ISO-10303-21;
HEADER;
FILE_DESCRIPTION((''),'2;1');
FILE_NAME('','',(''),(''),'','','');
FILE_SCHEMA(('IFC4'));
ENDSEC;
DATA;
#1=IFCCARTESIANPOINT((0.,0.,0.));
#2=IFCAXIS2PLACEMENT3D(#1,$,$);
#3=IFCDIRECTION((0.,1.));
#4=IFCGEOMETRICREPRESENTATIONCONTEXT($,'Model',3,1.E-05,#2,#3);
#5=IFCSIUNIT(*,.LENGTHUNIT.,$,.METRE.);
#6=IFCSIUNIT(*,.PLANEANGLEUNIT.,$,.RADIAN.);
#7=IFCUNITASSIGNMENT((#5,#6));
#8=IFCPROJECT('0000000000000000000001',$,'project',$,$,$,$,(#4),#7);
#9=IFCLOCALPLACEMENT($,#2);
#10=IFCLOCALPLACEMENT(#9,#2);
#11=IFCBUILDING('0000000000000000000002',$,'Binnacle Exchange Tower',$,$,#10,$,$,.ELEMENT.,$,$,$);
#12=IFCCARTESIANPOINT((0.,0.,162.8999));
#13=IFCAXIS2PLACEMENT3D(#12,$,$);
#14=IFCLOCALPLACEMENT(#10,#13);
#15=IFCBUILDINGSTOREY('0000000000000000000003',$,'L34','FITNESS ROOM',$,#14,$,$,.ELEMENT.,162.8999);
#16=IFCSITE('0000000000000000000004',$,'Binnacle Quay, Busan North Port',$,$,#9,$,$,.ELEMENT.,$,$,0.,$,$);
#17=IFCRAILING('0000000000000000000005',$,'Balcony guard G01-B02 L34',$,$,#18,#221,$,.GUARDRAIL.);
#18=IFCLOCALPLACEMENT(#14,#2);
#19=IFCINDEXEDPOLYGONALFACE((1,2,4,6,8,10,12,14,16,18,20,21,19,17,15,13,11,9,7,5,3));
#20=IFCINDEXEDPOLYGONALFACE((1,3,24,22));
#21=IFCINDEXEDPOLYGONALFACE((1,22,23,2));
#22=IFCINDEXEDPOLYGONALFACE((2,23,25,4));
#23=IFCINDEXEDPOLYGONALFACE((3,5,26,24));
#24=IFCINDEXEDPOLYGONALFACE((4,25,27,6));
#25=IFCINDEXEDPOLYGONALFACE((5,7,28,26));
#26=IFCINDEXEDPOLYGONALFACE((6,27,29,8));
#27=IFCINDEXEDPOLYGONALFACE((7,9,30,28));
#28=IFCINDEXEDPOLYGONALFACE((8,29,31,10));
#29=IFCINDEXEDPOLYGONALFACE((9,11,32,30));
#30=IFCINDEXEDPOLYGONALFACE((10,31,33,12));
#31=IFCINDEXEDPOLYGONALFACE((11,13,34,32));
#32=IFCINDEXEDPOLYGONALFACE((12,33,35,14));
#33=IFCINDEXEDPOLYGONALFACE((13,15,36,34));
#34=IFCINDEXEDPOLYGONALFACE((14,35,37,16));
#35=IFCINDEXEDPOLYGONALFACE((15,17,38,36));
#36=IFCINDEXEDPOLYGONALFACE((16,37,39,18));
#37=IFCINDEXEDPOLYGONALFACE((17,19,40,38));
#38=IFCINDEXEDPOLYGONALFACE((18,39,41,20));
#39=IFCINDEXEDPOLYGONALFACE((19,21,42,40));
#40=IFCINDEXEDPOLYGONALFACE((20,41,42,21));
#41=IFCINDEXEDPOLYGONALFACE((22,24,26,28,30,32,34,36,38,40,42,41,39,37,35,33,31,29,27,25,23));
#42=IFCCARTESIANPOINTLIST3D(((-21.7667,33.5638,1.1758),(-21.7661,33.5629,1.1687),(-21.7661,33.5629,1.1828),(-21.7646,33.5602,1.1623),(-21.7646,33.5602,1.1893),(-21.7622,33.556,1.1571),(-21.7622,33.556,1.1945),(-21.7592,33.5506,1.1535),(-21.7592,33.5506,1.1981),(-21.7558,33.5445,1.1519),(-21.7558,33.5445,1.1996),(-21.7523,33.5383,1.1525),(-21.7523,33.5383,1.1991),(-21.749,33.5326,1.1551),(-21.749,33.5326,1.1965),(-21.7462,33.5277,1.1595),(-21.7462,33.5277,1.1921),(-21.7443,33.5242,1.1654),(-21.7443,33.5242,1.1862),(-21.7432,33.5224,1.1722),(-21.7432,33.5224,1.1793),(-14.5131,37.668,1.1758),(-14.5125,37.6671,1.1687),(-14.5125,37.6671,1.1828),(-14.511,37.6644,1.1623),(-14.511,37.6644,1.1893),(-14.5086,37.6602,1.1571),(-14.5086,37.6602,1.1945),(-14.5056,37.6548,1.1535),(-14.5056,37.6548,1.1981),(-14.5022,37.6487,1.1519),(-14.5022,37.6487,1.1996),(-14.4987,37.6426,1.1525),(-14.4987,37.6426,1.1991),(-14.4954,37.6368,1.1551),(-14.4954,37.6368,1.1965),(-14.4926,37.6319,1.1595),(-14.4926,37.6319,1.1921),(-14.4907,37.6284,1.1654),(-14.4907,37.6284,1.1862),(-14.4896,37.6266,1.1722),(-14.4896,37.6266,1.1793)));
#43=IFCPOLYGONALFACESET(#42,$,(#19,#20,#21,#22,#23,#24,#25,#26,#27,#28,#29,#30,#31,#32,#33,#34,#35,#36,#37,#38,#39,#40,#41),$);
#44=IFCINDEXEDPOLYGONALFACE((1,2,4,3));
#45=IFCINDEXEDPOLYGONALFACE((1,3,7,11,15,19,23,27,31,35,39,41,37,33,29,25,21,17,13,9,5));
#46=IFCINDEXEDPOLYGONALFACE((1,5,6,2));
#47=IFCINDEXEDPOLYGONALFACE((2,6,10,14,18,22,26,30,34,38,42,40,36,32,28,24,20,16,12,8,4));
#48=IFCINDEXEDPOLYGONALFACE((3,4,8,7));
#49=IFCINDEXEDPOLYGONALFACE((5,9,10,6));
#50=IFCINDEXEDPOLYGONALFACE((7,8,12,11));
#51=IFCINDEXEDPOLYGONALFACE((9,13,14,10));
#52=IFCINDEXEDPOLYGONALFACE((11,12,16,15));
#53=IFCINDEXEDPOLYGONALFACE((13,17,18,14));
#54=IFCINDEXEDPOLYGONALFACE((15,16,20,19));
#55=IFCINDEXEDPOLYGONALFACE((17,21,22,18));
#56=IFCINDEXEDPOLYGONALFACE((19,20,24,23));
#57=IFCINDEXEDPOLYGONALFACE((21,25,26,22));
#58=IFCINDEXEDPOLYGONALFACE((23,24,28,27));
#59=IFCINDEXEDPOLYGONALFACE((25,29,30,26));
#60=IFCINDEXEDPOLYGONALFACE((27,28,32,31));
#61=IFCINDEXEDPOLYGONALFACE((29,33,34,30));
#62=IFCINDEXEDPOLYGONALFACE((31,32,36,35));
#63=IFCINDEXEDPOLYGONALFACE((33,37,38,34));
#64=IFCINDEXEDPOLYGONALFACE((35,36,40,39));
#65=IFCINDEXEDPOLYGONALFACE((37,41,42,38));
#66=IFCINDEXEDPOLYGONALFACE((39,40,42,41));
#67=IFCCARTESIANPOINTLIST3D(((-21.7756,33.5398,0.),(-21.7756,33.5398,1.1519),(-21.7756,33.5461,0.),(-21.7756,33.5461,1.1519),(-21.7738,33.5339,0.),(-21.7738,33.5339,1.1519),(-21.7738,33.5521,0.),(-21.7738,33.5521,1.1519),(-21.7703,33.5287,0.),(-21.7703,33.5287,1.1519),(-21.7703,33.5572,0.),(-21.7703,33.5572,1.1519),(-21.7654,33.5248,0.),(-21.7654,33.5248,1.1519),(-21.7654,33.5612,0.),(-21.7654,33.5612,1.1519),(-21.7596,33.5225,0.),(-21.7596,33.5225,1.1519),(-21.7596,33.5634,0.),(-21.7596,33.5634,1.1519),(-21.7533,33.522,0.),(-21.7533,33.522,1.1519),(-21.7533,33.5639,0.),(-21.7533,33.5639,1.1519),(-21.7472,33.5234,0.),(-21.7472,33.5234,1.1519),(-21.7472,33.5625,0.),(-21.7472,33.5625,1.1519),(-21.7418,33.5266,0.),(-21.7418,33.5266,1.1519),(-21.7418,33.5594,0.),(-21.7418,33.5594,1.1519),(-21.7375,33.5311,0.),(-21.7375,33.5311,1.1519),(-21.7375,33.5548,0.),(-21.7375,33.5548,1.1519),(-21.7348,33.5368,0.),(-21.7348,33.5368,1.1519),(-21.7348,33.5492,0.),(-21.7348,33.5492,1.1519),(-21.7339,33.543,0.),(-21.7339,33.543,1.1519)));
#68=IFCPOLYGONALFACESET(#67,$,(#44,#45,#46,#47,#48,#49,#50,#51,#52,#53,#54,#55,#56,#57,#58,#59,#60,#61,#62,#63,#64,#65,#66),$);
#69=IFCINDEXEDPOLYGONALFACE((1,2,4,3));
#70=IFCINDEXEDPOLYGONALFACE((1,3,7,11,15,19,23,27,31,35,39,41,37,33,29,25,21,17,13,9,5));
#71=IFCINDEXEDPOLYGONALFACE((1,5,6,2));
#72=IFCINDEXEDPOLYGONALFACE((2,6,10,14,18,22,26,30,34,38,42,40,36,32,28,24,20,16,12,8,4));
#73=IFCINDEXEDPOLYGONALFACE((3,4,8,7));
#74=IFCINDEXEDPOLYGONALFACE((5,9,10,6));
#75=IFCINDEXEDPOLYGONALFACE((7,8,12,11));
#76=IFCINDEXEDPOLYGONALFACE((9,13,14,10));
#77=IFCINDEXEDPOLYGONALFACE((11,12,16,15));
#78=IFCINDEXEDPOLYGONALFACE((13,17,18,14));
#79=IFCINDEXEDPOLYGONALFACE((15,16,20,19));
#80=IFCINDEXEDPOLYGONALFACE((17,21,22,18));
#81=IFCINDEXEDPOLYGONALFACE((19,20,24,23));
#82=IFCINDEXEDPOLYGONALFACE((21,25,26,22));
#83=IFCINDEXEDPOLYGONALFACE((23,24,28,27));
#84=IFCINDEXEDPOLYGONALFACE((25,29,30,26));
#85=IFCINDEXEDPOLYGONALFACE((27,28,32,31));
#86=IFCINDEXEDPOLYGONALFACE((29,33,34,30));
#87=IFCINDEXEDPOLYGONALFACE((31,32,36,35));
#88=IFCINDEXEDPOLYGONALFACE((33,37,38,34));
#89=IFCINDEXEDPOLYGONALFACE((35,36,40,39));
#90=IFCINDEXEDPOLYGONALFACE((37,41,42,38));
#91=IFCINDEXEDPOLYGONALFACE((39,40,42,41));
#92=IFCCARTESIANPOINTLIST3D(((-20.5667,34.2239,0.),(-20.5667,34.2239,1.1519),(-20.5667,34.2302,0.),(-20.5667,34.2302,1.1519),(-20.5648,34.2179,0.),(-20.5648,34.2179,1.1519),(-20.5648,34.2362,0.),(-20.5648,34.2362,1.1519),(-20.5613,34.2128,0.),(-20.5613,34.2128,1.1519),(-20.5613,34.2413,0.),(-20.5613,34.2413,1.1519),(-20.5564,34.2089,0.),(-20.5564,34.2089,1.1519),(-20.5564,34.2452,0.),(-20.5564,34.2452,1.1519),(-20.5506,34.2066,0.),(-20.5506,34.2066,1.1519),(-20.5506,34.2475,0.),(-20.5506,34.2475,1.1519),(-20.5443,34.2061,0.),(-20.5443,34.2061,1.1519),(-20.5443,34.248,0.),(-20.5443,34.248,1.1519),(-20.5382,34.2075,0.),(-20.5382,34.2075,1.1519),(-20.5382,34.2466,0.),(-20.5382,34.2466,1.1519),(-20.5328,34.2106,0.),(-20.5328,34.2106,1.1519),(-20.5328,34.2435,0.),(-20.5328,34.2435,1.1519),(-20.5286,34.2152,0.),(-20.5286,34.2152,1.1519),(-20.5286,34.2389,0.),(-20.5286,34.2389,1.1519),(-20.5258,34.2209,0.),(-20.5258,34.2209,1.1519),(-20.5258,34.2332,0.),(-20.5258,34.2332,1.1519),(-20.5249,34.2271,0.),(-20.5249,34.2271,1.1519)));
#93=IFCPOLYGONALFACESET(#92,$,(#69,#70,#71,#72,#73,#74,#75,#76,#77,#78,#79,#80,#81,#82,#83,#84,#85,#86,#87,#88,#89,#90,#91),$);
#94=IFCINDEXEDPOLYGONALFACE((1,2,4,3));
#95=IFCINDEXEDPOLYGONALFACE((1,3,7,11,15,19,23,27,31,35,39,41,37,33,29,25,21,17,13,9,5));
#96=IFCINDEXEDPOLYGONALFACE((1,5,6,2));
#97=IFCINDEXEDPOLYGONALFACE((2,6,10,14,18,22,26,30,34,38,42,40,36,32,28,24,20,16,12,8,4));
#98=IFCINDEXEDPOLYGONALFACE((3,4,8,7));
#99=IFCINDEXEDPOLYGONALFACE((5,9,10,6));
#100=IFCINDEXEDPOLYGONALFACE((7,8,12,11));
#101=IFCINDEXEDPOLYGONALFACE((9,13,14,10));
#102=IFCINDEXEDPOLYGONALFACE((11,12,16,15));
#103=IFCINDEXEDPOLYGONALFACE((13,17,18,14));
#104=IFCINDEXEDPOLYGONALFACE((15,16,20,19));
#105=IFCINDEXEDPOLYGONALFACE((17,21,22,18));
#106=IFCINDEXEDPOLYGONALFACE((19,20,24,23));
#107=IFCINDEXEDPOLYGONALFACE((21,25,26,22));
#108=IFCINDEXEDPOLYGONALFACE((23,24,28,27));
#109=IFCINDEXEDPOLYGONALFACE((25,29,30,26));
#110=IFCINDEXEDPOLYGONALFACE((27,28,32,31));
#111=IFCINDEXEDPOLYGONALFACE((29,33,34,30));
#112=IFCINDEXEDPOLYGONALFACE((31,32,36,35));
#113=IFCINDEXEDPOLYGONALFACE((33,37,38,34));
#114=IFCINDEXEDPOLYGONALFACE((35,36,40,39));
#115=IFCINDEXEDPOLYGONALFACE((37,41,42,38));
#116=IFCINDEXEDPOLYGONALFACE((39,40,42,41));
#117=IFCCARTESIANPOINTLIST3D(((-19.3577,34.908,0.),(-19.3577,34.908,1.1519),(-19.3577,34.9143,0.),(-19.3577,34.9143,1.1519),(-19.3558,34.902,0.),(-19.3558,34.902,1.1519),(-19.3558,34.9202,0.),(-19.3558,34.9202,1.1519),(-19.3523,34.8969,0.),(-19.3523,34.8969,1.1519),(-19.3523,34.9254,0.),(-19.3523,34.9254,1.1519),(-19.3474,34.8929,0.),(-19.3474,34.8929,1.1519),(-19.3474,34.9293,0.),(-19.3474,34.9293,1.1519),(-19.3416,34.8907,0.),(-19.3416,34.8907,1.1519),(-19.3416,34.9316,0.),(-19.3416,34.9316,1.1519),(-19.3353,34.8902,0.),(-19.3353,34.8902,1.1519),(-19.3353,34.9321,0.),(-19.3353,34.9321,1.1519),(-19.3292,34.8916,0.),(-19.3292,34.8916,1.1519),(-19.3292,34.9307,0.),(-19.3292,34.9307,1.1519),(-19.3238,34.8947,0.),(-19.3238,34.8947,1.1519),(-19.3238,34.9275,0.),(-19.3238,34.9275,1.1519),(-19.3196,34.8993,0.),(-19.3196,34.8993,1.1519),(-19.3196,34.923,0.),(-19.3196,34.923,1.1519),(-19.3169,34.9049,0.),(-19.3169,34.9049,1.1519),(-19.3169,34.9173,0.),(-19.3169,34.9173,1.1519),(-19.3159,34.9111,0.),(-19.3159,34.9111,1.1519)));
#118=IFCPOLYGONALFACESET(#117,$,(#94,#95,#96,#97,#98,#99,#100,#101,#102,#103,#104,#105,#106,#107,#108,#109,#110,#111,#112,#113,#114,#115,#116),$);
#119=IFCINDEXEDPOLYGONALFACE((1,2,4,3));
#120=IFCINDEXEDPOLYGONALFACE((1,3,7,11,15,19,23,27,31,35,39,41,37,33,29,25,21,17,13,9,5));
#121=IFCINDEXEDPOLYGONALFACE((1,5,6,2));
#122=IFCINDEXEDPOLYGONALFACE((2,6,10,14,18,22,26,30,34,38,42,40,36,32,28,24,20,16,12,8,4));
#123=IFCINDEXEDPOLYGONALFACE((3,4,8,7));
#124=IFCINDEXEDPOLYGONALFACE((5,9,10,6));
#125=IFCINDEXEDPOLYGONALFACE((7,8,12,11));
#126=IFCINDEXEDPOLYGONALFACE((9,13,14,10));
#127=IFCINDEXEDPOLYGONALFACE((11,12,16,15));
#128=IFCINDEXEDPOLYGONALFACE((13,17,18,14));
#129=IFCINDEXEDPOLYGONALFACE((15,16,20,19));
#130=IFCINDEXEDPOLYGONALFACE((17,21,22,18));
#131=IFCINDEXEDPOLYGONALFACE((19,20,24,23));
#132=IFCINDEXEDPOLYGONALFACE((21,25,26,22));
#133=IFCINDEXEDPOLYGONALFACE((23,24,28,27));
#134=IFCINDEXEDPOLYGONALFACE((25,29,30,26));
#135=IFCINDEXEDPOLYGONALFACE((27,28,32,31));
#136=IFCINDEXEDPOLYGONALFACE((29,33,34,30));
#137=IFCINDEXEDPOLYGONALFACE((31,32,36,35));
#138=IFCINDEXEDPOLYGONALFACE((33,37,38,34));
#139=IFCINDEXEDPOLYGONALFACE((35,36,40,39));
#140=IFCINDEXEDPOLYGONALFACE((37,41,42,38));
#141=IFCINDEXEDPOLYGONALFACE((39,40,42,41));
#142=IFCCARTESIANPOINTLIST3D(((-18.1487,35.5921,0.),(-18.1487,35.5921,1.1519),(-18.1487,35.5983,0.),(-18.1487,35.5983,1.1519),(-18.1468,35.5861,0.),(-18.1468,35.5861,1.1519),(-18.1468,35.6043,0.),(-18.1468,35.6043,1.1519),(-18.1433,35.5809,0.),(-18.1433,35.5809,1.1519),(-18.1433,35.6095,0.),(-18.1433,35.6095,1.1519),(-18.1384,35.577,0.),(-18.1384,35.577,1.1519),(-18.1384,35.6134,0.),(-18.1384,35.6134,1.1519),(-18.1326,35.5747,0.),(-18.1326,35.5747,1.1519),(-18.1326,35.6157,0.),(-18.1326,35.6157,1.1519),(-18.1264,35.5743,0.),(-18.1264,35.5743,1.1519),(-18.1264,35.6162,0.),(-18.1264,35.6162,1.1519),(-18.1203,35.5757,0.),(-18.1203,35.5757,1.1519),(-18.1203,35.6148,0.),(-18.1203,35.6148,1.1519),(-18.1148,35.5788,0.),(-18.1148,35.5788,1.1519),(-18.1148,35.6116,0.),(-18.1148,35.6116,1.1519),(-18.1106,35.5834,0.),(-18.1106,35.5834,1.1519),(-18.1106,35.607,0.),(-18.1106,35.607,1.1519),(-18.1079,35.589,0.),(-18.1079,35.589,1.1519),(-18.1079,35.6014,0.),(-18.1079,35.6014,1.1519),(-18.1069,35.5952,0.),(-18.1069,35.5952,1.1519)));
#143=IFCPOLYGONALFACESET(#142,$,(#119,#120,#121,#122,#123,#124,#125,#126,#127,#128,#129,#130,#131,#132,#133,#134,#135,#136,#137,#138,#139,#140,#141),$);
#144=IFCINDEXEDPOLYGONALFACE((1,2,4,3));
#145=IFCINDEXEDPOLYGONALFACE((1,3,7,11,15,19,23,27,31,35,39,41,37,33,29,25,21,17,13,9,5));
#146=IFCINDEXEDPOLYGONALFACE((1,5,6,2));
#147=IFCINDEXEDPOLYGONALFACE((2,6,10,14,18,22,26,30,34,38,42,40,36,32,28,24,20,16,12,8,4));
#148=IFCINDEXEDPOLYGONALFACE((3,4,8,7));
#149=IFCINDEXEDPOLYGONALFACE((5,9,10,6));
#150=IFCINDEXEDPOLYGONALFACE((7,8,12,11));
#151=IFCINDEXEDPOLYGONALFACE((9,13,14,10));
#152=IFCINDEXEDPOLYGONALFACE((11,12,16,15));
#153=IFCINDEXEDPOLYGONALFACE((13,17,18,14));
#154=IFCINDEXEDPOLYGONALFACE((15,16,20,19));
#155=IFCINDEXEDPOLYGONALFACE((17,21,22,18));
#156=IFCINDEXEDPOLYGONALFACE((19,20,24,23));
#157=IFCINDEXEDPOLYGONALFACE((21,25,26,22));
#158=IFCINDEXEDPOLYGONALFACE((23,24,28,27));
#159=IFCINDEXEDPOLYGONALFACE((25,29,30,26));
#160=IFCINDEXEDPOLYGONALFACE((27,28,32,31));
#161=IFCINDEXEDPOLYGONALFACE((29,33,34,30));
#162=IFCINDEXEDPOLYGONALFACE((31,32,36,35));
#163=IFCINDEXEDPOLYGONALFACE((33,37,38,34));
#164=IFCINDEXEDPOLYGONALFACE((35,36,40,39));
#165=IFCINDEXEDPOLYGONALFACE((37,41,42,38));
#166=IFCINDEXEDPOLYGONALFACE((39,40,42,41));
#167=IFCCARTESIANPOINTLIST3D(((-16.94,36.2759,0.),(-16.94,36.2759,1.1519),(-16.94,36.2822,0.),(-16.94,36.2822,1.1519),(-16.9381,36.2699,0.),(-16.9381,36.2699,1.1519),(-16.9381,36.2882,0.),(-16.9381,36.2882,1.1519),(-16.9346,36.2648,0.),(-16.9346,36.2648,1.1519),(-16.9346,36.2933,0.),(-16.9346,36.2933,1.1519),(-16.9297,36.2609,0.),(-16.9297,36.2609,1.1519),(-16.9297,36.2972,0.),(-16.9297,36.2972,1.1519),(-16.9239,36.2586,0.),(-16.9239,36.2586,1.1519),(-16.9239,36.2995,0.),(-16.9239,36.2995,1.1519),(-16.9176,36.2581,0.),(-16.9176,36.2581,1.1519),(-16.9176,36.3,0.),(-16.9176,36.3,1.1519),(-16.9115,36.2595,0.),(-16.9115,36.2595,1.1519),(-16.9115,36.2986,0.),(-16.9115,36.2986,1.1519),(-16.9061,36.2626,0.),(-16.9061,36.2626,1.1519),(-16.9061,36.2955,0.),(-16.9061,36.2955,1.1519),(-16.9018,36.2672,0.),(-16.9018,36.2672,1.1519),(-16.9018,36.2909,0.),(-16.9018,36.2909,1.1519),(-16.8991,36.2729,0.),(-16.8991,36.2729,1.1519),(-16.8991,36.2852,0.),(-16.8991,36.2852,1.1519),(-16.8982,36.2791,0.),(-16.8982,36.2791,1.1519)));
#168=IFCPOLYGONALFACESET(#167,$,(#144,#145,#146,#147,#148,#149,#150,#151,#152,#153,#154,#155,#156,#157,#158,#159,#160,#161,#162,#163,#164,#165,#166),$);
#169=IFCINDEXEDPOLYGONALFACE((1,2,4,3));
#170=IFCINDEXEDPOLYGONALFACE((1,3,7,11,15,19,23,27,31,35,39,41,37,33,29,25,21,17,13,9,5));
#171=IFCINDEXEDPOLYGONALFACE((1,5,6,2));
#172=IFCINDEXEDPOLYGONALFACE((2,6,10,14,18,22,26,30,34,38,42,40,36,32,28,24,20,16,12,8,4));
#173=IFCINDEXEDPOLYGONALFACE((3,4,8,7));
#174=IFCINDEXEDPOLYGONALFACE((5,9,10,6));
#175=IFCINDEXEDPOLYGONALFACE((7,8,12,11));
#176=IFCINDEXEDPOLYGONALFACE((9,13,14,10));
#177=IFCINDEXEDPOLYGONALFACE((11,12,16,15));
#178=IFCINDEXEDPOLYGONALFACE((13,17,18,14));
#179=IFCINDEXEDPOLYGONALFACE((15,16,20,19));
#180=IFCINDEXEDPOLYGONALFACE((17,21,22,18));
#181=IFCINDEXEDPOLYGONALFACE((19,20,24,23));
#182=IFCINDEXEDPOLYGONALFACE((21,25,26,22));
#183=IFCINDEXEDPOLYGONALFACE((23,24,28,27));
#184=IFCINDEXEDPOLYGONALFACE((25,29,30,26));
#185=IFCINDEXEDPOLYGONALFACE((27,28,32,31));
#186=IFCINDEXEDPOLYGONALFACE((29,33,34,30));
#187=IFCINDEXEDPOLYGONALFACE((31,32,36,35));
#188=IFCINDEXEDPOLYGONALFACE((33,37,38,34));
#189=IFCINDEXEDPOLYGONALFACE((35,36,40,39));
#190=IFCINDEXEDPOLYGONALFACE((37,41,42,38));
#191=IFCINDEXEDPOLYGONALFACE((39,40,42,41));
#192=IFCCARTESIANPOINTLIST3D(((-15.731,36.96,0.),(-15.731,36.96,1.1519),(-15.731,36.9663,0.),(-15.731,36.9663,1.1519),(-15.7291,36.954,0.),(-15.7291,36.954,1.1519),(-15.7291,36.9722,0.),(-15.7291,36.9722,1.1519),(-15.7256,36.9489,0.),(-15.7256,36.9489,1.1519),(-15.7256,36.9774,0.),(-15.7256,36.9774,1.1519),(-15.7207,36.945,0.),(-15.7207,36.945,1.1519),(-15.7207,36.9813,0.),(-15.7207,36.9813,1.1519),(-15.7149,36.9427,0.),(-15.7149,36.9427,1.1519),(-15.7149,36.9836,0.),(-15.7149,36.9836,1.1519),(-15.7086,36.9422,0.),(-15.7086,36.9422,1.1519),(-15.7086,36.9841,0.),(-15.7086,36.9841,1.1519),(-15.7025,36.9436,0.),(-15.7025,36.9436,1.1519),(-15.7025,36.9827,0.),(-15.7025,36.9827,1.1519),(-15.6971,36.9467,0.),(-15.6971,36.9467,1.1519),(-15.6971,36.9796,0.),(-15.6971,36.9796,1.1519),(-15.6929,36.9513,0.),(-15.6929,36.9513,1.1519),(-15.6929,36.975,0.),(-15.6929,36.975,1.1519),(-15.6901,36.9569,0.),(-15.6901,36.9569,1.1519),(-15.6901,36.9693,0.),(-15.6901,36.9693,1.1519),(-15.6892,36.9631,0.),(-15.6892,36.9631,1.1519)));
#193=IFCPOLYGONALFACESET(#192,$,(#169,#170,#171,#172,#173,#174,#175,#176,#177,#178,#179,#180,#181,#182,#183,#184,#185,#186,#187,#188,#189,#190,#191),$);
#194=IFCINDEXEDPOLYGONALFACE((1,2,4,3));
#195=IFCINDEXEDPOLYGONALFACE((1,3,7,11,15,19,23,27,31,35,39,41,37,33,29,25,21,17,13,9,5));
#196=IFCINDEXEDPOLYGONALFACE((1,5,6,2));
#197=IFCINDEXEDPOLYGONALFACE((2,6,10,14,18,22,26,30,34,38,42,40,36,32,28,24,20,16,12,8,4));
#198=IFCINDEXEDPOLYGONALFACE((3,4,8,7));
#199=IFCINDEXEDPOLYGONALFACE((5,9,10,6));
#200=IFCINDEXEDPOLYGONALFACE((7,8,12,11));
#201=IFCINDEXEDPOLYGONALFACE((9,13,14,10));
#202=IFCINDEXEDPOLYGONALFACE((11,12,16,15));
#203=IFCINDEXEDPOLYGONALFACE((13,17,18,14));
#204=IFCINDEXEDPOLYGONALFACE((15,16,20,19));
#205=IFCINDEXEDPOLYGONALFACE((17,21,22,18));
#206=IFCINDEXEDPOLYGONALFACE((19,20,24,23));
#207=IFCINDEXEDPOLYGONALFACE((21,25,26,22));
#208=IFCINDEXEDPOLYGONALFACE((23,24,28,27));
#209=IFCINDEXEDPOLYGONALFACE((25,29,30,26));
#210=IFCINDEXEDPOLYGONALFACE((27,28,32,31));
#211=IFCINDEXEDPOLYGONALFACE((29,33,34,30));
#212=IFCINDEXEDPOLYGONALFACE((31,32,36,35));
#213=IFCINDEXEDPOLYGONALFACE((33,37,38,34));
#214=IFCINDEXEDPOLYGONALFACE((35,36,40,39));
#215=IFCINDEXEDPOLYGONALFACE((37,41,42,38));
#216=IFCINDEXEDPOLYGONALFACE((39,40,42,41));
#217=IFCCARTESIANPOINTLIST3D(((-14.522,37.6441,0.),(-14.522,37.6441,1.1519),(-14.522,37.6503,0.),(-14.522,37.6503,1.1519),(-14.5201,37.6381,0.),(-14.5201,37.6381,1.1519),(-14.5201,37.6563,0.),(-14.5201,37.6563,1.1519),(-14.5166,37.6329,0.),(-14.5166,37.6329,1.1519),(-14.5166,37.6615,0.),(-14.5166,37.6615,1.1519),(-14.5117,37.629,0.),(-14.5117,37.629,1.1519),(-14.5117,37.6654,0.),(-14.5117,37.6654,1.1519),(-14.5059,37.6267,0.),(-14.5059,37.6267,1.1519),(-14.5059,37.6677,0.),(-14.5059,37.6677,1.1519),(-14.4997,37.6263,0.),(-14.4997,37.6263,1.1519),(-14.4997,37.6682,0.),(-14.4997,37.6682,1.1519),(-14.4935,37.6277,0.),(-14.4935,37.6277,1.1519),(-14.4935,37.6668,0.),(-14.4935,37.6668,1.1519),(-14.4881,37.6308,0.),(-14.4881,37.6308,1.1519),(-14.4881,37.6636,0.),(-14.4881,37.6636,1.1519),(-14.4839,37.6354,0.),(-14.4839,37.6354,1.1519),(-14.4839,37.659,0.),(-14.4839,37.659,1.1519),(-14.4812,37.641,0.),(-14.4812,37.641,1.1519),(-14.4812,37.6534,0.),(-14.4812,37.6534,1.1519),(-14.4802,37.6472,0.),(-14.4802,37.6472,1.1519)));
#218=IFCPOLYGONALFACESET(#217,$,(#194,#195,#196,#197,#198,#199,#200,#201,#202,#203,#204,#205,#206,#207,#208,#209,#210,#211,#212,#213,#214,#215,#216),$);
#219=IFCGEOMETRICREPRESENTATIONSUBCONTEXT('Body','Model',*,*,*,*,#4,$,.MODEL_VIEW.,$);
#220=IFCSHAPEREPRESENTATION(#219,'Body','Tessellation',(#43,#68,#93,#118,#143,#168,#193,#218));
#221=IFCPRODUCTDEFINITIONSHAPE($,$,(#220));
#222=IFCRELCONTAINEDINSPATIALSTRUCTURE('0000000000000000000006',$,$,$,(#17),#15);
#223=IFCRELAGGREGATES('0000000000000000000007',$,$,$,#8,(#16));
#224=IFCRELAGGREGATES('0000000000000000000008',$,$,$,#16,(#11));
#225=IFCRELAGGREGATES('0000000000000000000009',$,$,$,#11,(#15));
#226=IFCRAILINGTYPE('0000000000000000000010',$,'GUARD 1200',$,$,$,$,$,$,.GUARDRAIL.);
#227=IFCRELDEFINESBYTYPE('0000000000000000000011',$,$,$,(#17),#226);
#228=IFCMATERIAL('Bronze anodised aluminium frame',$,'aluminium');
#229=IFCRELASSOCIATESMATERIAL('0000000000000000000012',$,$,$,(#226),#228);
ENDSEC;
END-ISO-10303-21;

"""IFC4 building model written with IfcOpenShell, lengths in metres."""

from ifc_helpers import new_model, si_unit, direction, frame, origin, origin_2d, place, context, subcontext, project, spatial, circle, extrude, material, type_object, element, save


model = new_model("IFC4")

# Units and contexts
model_context = context("Model", 3, precision=1e-05, world=origin(), true_north=direction((0.0, 1.0)))
body_context = subcontext(model_context, "Body", "Model", "MODEL_VIEW")
ifc_project = project(units=[si_unit("LENGTHUNIT", "METRE"), si_unit("PLANEANGLEUNIT", "RADIAN")], contexts=[model_context])

# Site, building, storey
site_placement = place(None, origin())
site = spatial("IfcSite", under=ifc_project, at=site_placement, Name="Binnacle Quay, Busan North Port", CompositionType="ELEMENT", RefElevation=0.0)
building_placement = place(site_placement, origin())
building = spatial("IfcBuilding", under=site, at=building_placement, Name="Binnacle Exchange Tower", CompositionType="ELEMENT")
storey_placement = place(building_placement, frame((0.0, 0.0, 162.8999)))
storey = spatial("IfcBuildingStorey", under=building, at=storey_placement, Name="L34", Description="FITNESS ROOM", CompositionType="ELEMENT", Elevation=162.8999)

# Railing
ifc_material_1 = material(Name="Bronze anodised aluminium frame", Category="aluminium")
railing_type_1 = type_object("IfcRailingType", Name="GUARD 1200", PredefinedType="GUARDRAIL", material=ifc_material_1)
railing_1_placement = place(storey_placement, frame((-21.7549, 33.543, 0.0)))
element("IfcRailing", 1, at=railing_1_placement, inside=storey, type_object=railing_type_1, Name="Balcony guard G01-B02 L34", PredefinedType="GUARDRAIL", context=body_context, shape_type="SweptSolid", body=[
    extrude(circle(Radius=0.0239, at=origin_2d()), frame((0.0, 0.0, 1.1758), z_axis=(0.870339, 0.492453, 0.0), x_axis=(-0.492453, 0.870339, 0.0)), (0.0, 0.0, 1.0), 8.3342),
    extrude(circle(Radius=0.021, at=origin_2d()), origin(), (0.0, 0.0, 1.0), 1.1519),
    extrude(circle(Radius=0.021, at=origin_2d()), frame((1.209, 0.6841, 0.0)), (0.0, 0.0, 1.0), 1.1519),
    extrude(circle(Radius=0.021, at=origin_2d()), frame((2.418, 1.3682, 0.0)), (0.0, 0.0, 1.0), 1.1519),
    extrude(circle(Radius=0.021, at=origin_2d()), frame((3.627, 2.0522, 0.0)), (0.0, 0.0, 1.0), 1.1519),
    extrude(circle(Radius=0.021, at=origin_2d()), frame((4.8357, 2.7361, 0.0)), (0.0, 0.0, 1.0), 1.1519),
    extrude(circle(Radius=0.021, at=origin_2d()), frame((6.0447, 3.4202, 0.0)), (0.0, 0.0, 1.0), 1.1519),
    extrude(circle(Radius=0.021, at=origin_2d()), frame((7.2537, 4.1042, 0.0)), (0.0, 0.0, 1.0), 1.1519),
])

save(model, "model.ifc")
